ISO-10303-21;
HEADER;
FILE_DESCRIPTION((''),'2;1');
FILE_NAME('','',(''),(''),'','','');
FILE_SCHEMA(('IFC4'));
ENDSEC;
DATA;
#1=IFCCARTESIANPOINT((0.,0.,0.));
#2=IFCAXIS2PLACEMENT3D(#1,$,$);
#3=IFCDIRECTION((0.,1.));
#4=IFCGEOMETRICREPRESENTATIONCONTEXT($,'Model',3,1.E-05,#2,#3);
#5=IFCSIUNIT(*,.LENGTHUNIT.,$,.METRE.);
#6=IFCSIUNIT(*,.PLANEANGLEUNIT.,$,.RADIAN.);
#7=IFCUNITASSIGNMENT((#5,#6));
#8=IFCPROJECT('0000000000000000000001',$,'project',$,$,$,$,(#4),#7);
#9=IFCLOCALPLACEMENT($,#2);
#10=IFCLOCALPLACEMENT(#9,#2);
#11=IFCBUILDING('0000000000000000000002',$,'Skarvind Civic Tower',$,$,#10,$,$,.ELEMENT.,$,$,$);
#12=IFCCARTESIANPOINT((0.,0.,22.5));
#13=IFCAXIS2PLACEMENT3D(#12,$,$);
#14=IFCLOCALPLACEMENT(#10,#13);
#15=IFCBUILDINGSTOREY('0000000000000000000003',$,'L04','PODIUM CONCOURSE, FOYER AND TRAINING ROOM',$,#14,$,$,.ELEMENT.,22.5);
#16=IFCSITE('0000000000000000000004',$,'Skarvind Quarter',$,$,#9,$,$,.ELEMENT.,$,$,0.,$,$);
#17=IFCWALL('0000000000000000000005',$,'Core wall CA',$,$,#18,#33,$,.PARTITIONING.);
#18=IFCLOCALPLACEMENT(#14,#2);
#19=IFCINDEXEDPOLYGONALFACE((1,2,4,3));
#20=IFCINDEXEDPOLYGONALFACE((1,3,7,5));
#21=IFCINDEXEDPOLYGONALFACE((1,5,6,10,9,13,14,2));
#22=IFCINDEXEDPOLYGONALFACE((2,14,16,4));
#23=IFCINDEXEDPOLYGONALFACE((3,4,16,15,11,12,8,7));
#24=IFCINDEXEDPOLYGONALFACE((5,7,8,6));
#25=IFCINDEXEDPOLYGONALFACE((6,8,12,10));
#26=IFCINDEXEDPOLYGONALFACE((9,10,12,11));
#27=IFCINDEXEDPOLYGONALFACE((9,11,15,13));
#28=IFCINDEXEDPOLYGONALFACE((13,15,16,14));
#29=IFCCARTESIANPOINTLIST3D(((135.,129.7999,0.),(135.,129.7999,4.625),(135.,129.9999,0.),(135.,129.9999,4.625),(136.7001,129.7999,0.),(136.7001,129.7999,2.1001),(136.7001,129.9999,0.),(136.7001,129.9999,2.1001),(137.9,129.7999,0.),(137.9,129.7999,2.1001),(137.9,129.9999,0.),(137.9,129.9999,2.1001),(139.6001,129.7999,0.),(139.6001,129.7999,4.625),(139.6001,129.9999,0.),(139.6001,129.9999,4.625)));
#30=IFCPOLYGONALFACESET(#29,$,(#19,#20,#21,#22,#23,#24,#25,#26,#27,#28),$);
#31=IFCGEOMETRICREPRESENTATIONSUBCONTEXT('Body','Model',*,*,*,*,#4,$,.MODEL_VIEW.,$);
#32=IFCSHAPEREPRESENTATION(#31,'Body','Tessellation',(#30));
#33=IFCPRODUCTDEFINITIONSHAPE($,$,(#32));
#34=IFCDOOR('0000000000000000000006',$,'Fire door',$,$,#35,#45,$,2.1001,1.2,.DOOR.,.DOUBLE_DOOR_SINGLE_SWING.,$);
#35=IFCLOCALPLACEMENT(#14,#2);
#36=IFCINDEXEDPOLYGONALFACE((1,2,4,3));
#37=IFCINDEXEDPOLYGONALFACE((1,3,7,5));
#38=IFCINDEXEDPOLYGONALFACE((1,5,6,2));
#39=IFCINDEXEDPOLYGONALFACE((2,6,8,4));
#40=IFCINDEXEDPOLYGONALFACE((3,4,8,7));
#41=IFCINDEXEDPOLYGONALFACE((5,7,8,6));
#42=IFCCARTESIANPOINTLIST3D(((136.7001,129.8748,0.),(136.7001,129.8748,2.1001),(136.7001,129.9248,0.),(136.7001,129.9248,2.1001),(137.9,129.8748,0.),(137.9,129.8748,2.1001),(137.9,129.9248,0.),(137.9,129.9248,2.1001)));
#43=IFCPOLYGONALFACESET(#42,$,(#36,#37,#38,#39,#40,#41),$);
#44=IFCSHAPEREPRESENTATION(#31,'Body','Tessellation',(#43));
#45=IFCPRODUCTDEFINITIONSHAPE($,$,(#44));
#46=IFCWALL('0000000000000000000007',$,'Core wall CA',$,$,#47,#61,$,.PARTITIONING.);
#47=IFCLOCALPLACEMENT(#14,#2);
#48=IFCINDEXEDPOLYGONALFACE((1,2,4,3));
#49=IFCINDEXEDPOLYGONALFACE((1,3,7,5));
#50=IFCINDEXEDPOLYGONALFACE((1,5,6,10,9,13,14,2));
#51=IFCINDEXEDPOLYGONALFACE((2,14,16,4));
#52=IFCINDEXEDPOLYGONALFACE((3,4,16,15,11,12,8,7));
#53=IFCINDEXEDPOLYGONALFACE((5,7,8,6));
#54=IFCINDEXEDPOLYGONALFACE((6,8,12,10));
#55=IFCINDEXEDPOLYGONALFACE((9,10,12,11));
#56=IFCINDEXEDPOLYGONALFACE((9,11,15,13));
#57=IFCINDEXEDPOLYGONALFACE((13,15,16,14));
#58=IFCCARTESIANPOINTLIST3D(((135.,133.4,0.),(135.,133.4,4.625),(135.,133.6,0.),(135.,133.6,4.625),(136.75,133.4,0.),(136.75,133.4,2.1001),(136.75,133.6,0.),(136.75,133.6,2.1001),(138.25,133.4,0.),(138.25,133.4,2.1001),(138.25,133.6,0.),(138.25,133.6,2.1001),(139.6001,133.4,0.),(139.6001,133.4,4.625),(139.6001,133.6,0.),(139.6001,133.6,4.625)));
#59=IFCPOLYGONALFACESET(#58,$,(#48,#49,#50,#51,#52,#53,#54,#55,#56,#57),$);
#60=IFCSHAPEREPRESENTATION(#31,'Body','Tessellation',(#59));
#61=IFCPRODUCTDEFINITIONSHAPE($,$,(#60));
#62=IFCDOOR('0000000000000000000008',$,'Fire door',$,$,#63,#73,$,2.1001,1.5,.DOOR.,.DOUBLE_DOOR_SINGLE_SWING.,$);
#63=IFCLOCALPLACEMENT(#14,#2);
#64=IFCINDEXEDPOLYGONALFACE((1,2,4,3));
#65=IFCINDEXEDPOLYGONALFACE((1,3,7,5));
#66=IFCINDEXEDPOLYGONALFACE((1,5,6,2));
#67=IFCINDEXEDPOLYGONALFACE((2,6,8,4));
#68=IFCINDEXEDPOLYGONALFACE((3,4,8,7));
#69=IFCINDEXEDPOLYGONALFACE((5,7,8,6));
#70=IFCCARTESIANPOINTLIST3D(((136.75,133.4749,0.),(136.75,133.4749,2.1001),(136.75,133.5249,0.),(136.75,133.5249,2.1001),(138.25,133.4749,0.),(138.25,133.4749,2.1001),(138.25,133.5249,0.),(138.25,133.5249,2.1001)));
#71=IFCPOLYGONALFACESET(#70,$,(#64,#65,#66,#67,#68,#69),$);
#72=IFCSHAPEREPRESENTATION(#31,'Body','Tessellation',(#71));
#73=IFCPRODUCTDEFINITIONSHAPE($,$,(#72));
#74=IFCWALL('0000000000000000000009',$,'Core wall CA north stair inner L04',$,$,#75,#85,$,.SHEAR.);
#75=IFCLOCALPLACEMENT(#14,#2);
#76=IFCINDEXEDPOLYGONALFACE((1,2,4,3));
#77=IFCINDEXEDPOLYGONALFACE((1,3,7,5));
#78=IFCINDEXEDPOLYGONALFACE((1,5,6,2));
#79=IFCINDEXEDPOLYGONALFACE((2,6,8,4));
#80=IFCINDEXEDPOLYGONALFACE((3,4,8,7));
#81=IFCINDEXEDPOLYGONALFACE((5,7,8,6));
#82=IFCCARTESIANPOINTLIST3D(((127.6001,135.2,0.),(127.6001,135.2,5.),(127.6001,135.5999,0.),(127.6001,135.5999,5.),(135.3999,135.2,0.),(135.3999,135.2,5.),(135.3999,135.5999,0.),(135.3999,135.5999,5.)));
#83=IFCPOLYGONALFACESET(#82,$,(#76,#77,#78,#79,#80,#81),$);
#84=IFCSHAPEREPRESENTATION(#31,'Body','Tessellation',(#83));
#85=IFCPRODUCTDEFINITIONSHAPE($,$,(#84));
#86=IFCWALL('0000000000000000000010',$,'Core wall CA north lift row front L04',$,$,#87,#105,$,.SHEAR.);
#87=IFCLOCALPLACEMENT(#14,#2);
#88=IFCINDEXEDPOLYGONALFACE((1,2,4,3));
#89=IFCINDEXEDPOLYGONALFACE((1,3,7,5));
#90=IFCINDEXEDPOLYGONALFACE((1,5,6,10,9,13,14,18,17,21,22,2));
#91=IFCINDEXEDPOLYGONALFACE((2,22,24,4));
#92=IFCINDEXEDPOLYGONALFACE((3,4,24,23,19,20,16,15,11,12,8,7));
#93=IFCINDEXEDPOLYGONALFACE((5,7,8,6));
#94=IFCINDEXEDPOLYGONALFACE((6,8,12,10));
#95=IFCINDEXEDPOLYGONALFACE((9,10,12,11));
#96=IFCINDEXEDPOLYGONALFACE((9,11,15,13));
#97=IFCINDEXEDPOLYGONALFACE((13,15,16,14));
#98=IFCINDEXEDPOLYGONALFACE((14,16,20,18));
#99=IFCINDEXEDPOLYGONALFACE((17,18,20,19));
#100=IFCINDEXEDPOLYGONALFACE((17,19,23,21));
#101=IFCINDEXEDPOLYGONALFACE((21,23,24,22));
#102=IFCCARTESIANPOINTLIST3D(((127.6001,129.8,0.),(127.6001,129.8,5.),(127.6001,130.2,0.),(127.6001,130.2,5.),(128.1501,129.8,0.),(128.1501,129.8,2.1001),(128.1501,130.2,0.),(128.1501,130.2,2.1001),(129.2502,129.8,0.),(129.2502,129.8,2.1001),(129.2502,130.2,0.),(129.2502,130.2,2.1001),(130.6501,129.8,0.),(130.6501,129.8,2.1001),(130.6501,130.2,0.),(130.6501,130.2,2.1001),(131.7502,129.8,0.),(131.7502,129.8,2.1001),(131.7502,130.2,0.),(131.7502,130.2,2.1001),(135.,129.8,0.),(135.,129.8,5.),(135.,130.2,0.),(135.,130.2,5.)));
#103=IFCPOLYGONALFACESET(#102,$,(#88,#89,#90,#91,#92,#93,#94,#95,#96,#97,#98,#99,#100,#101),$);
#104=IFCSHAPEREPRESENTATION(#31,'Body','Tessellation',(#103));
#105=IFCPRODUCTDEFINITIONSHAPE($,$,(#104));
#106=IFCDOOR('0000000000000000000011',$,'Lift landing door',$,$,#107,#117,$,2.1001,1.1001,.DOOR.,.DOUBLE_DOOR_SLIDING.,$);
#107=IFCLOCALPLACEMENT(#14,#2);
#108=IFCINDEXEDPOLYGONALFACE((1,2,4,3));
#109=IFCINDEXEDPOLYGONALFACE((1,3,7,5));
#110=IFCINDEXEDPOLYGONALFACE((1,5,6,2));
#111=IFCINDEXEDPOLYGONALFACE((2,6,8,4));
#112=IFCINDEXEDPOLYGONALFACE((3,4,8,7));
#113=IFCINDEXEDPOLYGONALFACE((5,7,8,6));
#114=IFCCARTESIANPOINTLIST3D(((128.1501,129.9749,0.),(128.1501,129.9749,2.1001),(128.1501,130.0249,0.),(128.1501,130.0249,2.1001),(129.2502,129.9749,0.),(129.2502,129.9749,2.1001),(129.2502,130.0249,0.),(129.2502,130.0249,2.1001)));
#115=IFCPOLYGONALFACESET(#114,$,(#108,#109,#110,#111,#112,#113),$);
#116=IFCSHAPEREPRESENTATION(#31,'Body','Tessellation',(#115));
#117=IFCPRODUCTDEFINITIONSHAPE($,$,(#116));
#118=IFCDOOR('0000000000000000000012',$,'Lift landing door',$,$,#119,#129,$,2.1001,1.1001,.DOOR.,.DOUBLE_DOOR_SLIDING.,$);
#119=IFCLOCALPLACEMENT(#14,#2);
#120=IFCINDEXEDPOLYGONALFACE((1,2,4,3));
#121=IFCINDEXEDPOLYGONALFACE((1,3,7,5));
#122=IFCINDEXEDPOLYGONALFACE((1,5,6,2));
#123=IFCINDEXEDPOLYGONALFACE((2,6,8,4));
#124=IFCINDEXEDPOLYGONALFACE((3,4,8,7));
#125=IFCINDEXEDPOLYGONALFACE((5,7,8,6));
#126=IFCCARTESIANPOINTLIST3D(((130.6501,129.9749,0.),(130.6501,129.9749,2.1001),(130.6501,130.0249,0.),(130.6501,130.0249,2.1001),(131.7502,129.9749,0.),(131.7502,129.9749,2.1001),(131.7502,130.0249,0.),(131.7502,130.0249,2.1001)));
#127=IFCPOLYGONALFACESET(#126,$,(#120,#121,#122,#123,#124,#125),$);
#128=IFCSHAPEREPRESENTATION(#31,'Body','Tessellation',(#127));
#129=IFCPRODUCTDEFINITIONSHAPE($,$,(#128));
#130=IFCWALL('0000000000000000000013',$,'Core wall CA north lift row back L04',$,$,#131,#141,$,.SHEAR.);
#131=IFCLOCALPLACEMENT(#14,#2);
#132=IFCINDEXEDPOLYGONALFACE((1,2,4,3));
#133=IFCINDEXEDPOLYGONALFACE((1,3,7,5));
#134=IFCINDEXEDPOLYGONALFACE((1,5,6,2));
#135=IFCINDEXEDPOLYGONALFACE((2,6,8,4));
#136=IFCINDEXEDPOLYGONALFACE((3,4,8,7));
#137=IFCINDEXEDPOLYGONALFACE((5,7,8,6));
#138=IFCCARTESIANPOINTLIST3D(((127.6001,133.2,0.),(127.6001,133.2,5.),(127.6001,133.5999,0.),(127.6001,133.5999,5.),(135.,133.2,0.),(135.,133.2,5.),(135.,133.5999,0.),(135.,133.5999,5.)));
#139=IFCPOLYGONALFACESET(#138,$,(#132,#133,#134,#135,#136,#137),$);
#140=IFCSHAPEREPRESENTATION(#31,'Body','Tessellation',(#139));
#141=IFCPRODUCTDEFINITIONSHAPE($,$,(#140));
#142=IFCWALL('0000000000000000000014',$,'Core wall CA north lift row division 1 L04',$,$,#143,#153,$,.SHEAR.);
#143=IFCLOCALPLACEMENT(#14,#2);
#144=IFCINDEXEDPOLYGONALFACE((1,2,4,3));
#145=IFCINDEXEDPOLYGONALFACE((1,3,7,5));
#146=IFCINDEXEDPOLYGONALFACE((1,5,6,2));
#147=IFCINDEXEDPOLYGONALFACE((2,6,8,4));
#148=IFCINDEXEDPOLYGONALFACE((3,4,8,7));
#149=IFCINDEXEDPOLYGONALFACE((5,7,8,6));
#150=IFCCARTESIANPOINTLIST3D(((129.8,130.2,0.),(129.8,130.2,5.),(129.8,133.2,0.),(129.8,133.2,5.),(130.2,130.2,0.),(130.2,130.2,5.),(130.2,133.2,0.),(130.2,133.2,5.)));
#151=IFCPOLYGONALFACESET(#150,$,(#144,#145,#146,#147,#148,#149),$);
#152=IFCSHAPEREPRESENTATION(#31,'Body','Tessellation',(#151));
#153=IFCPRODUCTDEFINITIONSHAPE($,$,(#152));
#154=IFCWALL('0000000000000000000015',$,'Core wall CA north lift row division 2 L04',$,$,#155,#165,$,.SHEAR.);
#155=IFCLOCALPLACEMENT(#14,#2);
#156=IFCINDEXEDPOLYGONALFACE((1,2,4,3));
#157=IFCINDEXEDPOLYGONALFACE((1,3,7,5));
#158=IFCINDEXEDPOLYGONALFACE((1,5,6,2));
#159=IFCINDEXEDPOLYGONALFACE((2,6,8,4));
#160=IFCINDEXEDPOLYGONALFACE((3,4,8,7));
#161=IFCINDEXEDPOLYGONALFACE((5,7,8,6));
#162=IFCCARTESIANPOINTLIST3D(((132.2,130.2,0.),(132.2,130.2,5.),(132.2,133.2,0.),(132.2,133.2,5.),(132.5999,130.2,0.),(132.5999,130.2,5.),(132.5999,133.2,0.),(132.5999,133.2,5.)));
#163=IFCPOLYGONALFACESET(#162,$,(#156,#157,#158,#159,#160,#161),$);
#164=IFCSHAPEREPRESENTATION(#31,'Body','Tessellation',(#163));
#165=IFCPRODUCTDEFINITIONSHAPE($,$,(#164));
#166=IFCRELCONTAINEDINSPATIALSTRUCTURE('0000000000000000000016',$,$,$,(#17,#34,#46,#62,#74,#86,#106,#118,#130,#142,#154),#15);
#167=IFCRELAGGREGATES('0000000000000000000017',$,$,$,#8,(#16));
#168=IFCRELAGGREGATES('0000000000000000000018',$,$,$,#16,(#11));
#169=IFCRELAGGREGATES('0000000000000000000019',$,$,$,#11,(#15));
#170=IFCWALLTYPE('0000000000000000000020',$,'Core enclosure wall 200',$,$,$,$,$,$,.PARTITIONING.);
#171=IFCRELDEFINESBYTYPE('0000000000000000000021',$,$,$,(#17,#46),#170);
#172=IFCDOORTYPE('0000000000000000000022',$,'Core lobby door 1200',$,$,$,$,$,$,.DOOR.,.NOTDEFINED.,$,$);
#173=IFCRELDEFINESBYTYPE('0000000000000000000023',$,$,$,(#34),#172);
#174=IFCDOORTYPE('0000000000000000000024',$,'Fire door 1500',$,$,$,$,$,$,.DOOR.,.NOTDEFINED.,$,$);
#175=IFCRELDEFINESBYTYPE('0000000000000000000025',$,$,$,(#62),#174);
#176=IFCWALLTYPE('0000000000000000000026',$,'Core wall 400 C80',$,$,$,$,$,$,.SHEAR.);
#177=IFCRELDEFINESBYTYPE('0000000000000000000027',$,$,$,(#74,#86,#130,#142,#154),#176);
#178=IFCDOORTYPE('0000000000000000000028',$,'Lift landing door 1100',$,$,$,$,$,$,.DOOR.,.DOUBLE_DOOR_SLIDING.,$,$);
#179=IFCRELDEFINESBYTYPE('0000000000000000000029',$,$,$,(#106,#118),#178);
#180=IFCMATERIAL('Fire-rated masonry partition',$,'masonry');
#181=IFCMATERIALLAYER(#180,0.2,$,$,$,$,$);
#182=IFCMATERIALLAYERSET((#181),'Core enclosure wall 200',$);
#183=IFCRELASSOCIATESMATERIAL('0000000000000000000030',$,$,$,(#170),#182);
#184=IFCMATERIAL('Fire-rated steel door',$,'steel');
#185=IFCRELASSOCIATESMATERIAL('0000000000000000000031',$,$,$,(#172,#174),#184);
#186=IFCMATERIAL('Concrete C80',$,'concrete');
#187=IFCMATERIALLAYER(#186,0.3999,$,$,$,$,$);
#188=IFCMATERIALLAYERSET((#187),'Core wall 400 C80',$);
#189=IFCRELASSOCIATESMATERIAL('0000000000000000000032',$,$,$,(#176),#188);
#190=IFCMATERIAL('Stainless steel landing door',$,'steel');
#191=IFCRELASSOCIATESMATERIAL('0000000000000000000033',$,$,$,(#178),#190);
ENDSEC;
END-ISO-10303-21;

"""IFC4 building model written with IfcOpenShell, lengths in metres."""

from ifc_helpers import new_model, si_unit, direction, frame, frame_2d, origin, place, context, subcontext, project, spatial, rectangle, extrude, material, layer, layer_set, type_object, element, fill, save


model = new_model("IFC4")

# Units and contexts
model_context = context("Model", 3, precision=1e-05, world=origin(), true_north=direction((0.0, 1.0)))
body_context = subcontext(model_context, "Body", "Model", "MODEL_VIEW")
ifc_project = project(units=[si_unit("LENGTHUNIT", "METRE"), si_unit("PLANEANGLEUNIT", "RADIAN")], contexts=[model_context])

# Site, building, storey
site_placement = place(None, origin())
site = spatial("IfcSite", under=ifc_project, at=site_placement, Name="Skarvind Quarter", CompositionType="ELEMENT", RefElevation=0.0)
building_placement = place(site_placement, origin())
building = spatial("IfcBuilding", under=site, at=building_placement, Name="Skarvind Civic Tower", CompositionType="ELEMENT")
storey_placement = place(building_placement, frame((0.0, 0.0, 22.5)))
storey = spatial("IfcBuildingStorey", under=building, at=storey_placement, Name="L04", Description="PODIUM CONCOURSE, FOYER AND TRAINING ROOM", CompositionType="ELEMENT", Elevation=22.5)

# Walls, openings, doors
ifc_material_1 = material(Name="Fire-rated masonry partition", Category="masonry")
ifc_layer_1 = layer(ifc_material_1, 0.2)
ifc_layer_set_1 = layer_set([ifc_layer_1], Name="Core enclosure wall 200")
wall_type_1 = type_object("IfcWallType", Name="Core enclosure wall 200", PredefinedType="PARTITIONING", material=ifc_layer_set_1)
wall_1_placement = place(storey_placement, frame((135.0, 129.8999, 0.0), z_axis=(0.0, 0.0, 1.0), x_axis=(1.0, 0.0, 0.0)))
wall_1 = element("IfcWall", 1, at=wall_1_placement, inside=storey, type_object=wall_type_1, Name="Core wall CA", PredefinedType="PARTITIONING", context=body_context, shape_type="SweptSolid", body=[
    extrude(rectangle(XDim=4.6001, YDim=0.2, at=frame_2d((2.3, 0.0))), origin(), (0.0, 0.0, 1.0), 4.625),
])
opening_1_placement = place(wall_1_placement, frame((1.7, 0.0, 0.0)))
opening_1 = element("IfcOpeningElement", 2, at=opening_1_placement, cuts=wall_1, PredefinedType="OPENING", context=body_context, shape_type="SweptSolid", body=[
    extrude(rectangle(XDim=1.2, YDim=2.1001, at=frame_2d((0.6001, 1.05))), frame((0.0, 0.1099, 0.0), z_axis=(0.0, -1.0, 0.0), x_axis=(1.0, 0.0, 0.0)), (0.0, 0.0, 1.0), 0.22),
])
ifc_material_2 = material(Name="Fire-rated steel door", Category="steel")
door_type_1 = type_object("IfcDoorType", Name="Core lobby door 1200", OperationType="NOTDEFINED", PredefinedType="DOOR", material=ifc_material_2)
door_1_placement = place(opening_1_placement, origin())
door_1 = element("IfcDoor", 3, at=door_1_placement, inside=storey, type_object=door_type_1, Name="Fire door", OperationType="DOUBLE_DOOR_SINGLE_SWING", OverallHeight=2.1001, OverallWidth=1.2, PredefinedType="DOOR", context=body_context, shape_type="SweptSolid", body=[
    extrude(rectangle(XDim=1.2, YDim=2.1001, at=frame_2d((0.6001, 1.05))), frame((0.0, 0.0249, 0.0), z_axis=(0.0, -1.0, 0.0), x_axis=(1.0, 0.0, 0.0)), (0.0, 0.0, 1.0), 0.05),
])
fill(opening_1, door_1)
wall_2_placement = place(storey_placement, frame((135.0, 133.5, 0.0), z_axis=(0.0, 0.0, 1.0), x_axis=(1.0, 0.0, 0.0)))
wall_2 = element("IfcWall", 4, at=wall_2_placement, inside=storey, type_object=wall_type_1, Name="Core wall CA", PredefinedType="PARTITIONING", context=body_context, shape_type="SweptSolid", body=[
    extrude(rectangle(XDim=4.6001, YDim=0.2, at=frame_2d((2.3, 0.0))), origin(), (0.0, 0.0, 1.0), 4.625),
])
opening_2_placement = place(wall_2_placement, frame((1.75, 0.0, 0.0)))
opening_2 = element("IfcOpeningElement", 5, at=opening_2_placement, cuts=wall_2, PredefinedType="OPENING", context=body_context, shape_type="SweptSolid", body=[
    extrude(rectangle(XDim=1.5, YDim=2.1001, at=frame_2d((0.75, 1.05))), frame((0.0, 0.1099, 0.0), z_axis=(0.0, -1.0, 0.0), x_axis=(1.0, 0.0, 0.0)), (0.0, 0.0, 1.0), 0.22),
])
door_type_2 = type_object("IfcDoorType", Name="Fire door 1500", OperationType="NOTDEFINED", PredefinedType="DOOR", material=ifc_material_2)
door_2_placement = place(opening_2_placement, origin())
door_2 = element("IfcDoor", 6, at=door_2_placement, inside=storey, type_object=door_type_2, Name="Fire door", OperationType="DOUBLE_DOOR_SINGLE_SWING", OverallHeight=2.1001, OverallWidth=1.5, PredefinedType="DOOR", context=body_context, shape_type="SweptSolid", body=[
    extrude(rectangle(XDim=1.5, YDim=2.1001, at=frame_2d((0.75, 1.05))), frame((0.0, 0.0249, 0.0), z_axis=(0.0, -1.0, 0.0), x_axis=(1.0, 0.0, 0.0)), (0.0, 0.0, 1.0), 0.05),
])
fill(opening_2, door_2)

# Wall
ifc_material_3 = material(Name="Concrete C80", Category="concrete")
ifc_layer_2 = layer(ifc_material_3, 0.3999)
ifc_layer_set_2 = layer_set([ifc_layer_2], Name="Core wall 400 C80")
wall_type_2 = type_object("IfcWallType", Name="Core wall 400 C80", PredefinedType="SHEAR", material=ifc_layer_set_2)
wall_3_placement = place(storey_placement, frame((127.6001, 135.3999, 0.0), z_axis=(0.0, 0.0, 1.0), x_axis=(1.0, 0.0, 0.0)))
element("IfcWall", 7, at=wall_3_placement, inside=storey, type_object=wall_type_2, Name="Core wall CA north stair inner L04", PredefinedType="SHEAR", context=body_context, shape_type="SweptSolid", body=[
    extrude(rectangle(XDim=7.7998, YDim=0.3999, at=frame_2d((3.8999, 0.0))), origin(), (0.0, 0.0, 1.0), 5.0),
])

# Wall, openings, doors
wall_4_placement = place(storey_placement, frame((127.6001, 130.0, 0.0), z_axis=(0.0, 0.0, 1.0), x_axis=(1.0, 0.0, 0.0)))
wall_4 = element("IfcWall", 8, at=wall_4_placement, inside=storey, type_object=wall_type_2, Name="Core wall CA north lift row front L04", PredefinedType="SHEAR", context=body_context, shape_type="SweptSolid", body=[
    extrude(rectangle(XDim=7.3999, YDim=0.3999, at=frame_2d((3.7, 0.0))), origin(), (0.0, 0.0, 1.0), 5.0),
])
opening_3_placement = place(wall_4_placement, frame((0.55, 0.0, 0.0)))
opening_3 = element("IfcOpeningElement", 9, at=opening_3_placement, cuts=wall_4, PredefinedType="OPENING", context=body_context, shape_type="SweptSolid", body=[
    extrude(rectangle(XDim=1.1001, YDim=2.1001, at=frame_2d((0.55, 1.05))), frame((0.0, 0.21, 0.0), z_axis=(0.0, -1.0, 0.0), x_axis=(1.0, 0.0, 0.0)), (0.0, 0.0, 1.0), 0.4199),
])
opening_4_placement = place(wall_4_placement, frame((3.05, 0.0, 0.0)))
opening_4 = element("IfcOpeningElement", 10, at=opening_4_placement, cuts=wall_4, PredefinedType="OPENING", context=body_context, shape_type="SweptSolid", body=[
    extrude(rectangle(XDim=1.1001, YDim=2.1001, at=frame_2d((0.55, 1.05))), frame((0.0, 0.21, 0.0), z_axis=(0.0, -1.0, 0.0), x_axis=(1.0, 0.0, 0.0)), (0.0, 0.0, 1.0), 0.4199),
])
ifc_material_4 = material(Name="Stainless steel landing door", Category="steel")
door_type_3 = type_object("IfcDoorType", Name="Lift landing door 1100", OperationType="DOUBLE_DOOR_SLIDING", PredefinedType="DOOR", material=ifc_material_4)
door_3_placement = place(opening_3_placement, origin())
door_3 = element("IfcDoor", 11, at=door_3_placement, inside=storey, type_object=door_type_3, Name="Lift landing door", OperationType="DOUBLE_DOOR_SLIDING", OverallHeight=2.1001, OverallWidth=1.1001, PredefinedType="DOOR", context=body_context, shape_type="SweptSolid", body=[
    extrude(rectangle(XDim=1.1001, YDim=2.1001, at=frame_2d((0.55, 1.05))), frame((0.0, 0.0249, 0.0), z_axis=(0.0, -1.0, 0.0), x_axis=(1.0, 0.0, 0.0)), (0.0, 0.0, 1.0), 0.05),
])
fill(opening_3, door_3)
door_4_placement = place(opening_4_placement, origin())
door_4 = element("IfcDoor", 12, at=door_4_placement, inside=storey, type_object=door_type_3, Name="Lift landing door", OperationType="DOUBLE_DOOR_SLIDING", OverallHeight=2.1001, OverallWidth=1.1001, PredefinedType="DOOR", context=body_context, shape_type="SweptSolid", body=[
    extrude(rectangle(XDim=1.1001, YDim=2.1001, at=frame_2d((0.55, 1.05))), frame((0.0, 0.0249, 0.0), z_axis=(0.0, -1.0, 0.0), x_axis=(1.0, 0.0, 0.0)), (0.0, 0.0, 1.0), 0.05),
])
fill(opening_4, door_4)

# Walls
wall_5_placement = place(storey_placement, frame((127.6001, 133.3999, 0.0), z_axis=(0.0, 0.0, 1.0), x_axis=(1.0, 0.0, 0.0)))
element("IfcWall", 13, at=wall_5_placement, inside=storey, type_object=wall_type_2, Name="Core wall CA north lift row back L04", PredefinedType="SHEAR", context=body_context, shape_type="SweptSolid", body=[
    extrude(rectangle(XDim=7.3999, YDim=0.3999, at=frame_2d((3.7, 0.0))), origin(), (0.0, 0.0, 1.0), 5.0),
])
for number, where, z_axis, x_axis, name in (
    (14, (130.0, 130.2, 0.0), (0.0, 0.0, 1.0), (0.0, 1.0, 0.0), "Core wall CA north lift row division 1 L04"),
    (15, (132.3999, 130.2, 0.0), (0.0, 0.0, 1.0), (0.0, 1.0, 0.0), "Core wall CA north lift row division 2 L04"),
):
    element("IfcWall", number, at=place(storey_placement, frame(where, z_axis=z_axis, x_axis=x_axis)), inside=storey, type_object=wall_type_2, Name=name, PredefinedType="SHEAR", context=body_context, shape_type="SweptSolid", body=[
        extrude(rectangle(XDim=3.0, YDim=0.3999, at=frame_2d((1.5, 0.0))), origin(), (0.0, 0.0, 1.0), 5.0),
    ])

save(model, "model.ifc")
